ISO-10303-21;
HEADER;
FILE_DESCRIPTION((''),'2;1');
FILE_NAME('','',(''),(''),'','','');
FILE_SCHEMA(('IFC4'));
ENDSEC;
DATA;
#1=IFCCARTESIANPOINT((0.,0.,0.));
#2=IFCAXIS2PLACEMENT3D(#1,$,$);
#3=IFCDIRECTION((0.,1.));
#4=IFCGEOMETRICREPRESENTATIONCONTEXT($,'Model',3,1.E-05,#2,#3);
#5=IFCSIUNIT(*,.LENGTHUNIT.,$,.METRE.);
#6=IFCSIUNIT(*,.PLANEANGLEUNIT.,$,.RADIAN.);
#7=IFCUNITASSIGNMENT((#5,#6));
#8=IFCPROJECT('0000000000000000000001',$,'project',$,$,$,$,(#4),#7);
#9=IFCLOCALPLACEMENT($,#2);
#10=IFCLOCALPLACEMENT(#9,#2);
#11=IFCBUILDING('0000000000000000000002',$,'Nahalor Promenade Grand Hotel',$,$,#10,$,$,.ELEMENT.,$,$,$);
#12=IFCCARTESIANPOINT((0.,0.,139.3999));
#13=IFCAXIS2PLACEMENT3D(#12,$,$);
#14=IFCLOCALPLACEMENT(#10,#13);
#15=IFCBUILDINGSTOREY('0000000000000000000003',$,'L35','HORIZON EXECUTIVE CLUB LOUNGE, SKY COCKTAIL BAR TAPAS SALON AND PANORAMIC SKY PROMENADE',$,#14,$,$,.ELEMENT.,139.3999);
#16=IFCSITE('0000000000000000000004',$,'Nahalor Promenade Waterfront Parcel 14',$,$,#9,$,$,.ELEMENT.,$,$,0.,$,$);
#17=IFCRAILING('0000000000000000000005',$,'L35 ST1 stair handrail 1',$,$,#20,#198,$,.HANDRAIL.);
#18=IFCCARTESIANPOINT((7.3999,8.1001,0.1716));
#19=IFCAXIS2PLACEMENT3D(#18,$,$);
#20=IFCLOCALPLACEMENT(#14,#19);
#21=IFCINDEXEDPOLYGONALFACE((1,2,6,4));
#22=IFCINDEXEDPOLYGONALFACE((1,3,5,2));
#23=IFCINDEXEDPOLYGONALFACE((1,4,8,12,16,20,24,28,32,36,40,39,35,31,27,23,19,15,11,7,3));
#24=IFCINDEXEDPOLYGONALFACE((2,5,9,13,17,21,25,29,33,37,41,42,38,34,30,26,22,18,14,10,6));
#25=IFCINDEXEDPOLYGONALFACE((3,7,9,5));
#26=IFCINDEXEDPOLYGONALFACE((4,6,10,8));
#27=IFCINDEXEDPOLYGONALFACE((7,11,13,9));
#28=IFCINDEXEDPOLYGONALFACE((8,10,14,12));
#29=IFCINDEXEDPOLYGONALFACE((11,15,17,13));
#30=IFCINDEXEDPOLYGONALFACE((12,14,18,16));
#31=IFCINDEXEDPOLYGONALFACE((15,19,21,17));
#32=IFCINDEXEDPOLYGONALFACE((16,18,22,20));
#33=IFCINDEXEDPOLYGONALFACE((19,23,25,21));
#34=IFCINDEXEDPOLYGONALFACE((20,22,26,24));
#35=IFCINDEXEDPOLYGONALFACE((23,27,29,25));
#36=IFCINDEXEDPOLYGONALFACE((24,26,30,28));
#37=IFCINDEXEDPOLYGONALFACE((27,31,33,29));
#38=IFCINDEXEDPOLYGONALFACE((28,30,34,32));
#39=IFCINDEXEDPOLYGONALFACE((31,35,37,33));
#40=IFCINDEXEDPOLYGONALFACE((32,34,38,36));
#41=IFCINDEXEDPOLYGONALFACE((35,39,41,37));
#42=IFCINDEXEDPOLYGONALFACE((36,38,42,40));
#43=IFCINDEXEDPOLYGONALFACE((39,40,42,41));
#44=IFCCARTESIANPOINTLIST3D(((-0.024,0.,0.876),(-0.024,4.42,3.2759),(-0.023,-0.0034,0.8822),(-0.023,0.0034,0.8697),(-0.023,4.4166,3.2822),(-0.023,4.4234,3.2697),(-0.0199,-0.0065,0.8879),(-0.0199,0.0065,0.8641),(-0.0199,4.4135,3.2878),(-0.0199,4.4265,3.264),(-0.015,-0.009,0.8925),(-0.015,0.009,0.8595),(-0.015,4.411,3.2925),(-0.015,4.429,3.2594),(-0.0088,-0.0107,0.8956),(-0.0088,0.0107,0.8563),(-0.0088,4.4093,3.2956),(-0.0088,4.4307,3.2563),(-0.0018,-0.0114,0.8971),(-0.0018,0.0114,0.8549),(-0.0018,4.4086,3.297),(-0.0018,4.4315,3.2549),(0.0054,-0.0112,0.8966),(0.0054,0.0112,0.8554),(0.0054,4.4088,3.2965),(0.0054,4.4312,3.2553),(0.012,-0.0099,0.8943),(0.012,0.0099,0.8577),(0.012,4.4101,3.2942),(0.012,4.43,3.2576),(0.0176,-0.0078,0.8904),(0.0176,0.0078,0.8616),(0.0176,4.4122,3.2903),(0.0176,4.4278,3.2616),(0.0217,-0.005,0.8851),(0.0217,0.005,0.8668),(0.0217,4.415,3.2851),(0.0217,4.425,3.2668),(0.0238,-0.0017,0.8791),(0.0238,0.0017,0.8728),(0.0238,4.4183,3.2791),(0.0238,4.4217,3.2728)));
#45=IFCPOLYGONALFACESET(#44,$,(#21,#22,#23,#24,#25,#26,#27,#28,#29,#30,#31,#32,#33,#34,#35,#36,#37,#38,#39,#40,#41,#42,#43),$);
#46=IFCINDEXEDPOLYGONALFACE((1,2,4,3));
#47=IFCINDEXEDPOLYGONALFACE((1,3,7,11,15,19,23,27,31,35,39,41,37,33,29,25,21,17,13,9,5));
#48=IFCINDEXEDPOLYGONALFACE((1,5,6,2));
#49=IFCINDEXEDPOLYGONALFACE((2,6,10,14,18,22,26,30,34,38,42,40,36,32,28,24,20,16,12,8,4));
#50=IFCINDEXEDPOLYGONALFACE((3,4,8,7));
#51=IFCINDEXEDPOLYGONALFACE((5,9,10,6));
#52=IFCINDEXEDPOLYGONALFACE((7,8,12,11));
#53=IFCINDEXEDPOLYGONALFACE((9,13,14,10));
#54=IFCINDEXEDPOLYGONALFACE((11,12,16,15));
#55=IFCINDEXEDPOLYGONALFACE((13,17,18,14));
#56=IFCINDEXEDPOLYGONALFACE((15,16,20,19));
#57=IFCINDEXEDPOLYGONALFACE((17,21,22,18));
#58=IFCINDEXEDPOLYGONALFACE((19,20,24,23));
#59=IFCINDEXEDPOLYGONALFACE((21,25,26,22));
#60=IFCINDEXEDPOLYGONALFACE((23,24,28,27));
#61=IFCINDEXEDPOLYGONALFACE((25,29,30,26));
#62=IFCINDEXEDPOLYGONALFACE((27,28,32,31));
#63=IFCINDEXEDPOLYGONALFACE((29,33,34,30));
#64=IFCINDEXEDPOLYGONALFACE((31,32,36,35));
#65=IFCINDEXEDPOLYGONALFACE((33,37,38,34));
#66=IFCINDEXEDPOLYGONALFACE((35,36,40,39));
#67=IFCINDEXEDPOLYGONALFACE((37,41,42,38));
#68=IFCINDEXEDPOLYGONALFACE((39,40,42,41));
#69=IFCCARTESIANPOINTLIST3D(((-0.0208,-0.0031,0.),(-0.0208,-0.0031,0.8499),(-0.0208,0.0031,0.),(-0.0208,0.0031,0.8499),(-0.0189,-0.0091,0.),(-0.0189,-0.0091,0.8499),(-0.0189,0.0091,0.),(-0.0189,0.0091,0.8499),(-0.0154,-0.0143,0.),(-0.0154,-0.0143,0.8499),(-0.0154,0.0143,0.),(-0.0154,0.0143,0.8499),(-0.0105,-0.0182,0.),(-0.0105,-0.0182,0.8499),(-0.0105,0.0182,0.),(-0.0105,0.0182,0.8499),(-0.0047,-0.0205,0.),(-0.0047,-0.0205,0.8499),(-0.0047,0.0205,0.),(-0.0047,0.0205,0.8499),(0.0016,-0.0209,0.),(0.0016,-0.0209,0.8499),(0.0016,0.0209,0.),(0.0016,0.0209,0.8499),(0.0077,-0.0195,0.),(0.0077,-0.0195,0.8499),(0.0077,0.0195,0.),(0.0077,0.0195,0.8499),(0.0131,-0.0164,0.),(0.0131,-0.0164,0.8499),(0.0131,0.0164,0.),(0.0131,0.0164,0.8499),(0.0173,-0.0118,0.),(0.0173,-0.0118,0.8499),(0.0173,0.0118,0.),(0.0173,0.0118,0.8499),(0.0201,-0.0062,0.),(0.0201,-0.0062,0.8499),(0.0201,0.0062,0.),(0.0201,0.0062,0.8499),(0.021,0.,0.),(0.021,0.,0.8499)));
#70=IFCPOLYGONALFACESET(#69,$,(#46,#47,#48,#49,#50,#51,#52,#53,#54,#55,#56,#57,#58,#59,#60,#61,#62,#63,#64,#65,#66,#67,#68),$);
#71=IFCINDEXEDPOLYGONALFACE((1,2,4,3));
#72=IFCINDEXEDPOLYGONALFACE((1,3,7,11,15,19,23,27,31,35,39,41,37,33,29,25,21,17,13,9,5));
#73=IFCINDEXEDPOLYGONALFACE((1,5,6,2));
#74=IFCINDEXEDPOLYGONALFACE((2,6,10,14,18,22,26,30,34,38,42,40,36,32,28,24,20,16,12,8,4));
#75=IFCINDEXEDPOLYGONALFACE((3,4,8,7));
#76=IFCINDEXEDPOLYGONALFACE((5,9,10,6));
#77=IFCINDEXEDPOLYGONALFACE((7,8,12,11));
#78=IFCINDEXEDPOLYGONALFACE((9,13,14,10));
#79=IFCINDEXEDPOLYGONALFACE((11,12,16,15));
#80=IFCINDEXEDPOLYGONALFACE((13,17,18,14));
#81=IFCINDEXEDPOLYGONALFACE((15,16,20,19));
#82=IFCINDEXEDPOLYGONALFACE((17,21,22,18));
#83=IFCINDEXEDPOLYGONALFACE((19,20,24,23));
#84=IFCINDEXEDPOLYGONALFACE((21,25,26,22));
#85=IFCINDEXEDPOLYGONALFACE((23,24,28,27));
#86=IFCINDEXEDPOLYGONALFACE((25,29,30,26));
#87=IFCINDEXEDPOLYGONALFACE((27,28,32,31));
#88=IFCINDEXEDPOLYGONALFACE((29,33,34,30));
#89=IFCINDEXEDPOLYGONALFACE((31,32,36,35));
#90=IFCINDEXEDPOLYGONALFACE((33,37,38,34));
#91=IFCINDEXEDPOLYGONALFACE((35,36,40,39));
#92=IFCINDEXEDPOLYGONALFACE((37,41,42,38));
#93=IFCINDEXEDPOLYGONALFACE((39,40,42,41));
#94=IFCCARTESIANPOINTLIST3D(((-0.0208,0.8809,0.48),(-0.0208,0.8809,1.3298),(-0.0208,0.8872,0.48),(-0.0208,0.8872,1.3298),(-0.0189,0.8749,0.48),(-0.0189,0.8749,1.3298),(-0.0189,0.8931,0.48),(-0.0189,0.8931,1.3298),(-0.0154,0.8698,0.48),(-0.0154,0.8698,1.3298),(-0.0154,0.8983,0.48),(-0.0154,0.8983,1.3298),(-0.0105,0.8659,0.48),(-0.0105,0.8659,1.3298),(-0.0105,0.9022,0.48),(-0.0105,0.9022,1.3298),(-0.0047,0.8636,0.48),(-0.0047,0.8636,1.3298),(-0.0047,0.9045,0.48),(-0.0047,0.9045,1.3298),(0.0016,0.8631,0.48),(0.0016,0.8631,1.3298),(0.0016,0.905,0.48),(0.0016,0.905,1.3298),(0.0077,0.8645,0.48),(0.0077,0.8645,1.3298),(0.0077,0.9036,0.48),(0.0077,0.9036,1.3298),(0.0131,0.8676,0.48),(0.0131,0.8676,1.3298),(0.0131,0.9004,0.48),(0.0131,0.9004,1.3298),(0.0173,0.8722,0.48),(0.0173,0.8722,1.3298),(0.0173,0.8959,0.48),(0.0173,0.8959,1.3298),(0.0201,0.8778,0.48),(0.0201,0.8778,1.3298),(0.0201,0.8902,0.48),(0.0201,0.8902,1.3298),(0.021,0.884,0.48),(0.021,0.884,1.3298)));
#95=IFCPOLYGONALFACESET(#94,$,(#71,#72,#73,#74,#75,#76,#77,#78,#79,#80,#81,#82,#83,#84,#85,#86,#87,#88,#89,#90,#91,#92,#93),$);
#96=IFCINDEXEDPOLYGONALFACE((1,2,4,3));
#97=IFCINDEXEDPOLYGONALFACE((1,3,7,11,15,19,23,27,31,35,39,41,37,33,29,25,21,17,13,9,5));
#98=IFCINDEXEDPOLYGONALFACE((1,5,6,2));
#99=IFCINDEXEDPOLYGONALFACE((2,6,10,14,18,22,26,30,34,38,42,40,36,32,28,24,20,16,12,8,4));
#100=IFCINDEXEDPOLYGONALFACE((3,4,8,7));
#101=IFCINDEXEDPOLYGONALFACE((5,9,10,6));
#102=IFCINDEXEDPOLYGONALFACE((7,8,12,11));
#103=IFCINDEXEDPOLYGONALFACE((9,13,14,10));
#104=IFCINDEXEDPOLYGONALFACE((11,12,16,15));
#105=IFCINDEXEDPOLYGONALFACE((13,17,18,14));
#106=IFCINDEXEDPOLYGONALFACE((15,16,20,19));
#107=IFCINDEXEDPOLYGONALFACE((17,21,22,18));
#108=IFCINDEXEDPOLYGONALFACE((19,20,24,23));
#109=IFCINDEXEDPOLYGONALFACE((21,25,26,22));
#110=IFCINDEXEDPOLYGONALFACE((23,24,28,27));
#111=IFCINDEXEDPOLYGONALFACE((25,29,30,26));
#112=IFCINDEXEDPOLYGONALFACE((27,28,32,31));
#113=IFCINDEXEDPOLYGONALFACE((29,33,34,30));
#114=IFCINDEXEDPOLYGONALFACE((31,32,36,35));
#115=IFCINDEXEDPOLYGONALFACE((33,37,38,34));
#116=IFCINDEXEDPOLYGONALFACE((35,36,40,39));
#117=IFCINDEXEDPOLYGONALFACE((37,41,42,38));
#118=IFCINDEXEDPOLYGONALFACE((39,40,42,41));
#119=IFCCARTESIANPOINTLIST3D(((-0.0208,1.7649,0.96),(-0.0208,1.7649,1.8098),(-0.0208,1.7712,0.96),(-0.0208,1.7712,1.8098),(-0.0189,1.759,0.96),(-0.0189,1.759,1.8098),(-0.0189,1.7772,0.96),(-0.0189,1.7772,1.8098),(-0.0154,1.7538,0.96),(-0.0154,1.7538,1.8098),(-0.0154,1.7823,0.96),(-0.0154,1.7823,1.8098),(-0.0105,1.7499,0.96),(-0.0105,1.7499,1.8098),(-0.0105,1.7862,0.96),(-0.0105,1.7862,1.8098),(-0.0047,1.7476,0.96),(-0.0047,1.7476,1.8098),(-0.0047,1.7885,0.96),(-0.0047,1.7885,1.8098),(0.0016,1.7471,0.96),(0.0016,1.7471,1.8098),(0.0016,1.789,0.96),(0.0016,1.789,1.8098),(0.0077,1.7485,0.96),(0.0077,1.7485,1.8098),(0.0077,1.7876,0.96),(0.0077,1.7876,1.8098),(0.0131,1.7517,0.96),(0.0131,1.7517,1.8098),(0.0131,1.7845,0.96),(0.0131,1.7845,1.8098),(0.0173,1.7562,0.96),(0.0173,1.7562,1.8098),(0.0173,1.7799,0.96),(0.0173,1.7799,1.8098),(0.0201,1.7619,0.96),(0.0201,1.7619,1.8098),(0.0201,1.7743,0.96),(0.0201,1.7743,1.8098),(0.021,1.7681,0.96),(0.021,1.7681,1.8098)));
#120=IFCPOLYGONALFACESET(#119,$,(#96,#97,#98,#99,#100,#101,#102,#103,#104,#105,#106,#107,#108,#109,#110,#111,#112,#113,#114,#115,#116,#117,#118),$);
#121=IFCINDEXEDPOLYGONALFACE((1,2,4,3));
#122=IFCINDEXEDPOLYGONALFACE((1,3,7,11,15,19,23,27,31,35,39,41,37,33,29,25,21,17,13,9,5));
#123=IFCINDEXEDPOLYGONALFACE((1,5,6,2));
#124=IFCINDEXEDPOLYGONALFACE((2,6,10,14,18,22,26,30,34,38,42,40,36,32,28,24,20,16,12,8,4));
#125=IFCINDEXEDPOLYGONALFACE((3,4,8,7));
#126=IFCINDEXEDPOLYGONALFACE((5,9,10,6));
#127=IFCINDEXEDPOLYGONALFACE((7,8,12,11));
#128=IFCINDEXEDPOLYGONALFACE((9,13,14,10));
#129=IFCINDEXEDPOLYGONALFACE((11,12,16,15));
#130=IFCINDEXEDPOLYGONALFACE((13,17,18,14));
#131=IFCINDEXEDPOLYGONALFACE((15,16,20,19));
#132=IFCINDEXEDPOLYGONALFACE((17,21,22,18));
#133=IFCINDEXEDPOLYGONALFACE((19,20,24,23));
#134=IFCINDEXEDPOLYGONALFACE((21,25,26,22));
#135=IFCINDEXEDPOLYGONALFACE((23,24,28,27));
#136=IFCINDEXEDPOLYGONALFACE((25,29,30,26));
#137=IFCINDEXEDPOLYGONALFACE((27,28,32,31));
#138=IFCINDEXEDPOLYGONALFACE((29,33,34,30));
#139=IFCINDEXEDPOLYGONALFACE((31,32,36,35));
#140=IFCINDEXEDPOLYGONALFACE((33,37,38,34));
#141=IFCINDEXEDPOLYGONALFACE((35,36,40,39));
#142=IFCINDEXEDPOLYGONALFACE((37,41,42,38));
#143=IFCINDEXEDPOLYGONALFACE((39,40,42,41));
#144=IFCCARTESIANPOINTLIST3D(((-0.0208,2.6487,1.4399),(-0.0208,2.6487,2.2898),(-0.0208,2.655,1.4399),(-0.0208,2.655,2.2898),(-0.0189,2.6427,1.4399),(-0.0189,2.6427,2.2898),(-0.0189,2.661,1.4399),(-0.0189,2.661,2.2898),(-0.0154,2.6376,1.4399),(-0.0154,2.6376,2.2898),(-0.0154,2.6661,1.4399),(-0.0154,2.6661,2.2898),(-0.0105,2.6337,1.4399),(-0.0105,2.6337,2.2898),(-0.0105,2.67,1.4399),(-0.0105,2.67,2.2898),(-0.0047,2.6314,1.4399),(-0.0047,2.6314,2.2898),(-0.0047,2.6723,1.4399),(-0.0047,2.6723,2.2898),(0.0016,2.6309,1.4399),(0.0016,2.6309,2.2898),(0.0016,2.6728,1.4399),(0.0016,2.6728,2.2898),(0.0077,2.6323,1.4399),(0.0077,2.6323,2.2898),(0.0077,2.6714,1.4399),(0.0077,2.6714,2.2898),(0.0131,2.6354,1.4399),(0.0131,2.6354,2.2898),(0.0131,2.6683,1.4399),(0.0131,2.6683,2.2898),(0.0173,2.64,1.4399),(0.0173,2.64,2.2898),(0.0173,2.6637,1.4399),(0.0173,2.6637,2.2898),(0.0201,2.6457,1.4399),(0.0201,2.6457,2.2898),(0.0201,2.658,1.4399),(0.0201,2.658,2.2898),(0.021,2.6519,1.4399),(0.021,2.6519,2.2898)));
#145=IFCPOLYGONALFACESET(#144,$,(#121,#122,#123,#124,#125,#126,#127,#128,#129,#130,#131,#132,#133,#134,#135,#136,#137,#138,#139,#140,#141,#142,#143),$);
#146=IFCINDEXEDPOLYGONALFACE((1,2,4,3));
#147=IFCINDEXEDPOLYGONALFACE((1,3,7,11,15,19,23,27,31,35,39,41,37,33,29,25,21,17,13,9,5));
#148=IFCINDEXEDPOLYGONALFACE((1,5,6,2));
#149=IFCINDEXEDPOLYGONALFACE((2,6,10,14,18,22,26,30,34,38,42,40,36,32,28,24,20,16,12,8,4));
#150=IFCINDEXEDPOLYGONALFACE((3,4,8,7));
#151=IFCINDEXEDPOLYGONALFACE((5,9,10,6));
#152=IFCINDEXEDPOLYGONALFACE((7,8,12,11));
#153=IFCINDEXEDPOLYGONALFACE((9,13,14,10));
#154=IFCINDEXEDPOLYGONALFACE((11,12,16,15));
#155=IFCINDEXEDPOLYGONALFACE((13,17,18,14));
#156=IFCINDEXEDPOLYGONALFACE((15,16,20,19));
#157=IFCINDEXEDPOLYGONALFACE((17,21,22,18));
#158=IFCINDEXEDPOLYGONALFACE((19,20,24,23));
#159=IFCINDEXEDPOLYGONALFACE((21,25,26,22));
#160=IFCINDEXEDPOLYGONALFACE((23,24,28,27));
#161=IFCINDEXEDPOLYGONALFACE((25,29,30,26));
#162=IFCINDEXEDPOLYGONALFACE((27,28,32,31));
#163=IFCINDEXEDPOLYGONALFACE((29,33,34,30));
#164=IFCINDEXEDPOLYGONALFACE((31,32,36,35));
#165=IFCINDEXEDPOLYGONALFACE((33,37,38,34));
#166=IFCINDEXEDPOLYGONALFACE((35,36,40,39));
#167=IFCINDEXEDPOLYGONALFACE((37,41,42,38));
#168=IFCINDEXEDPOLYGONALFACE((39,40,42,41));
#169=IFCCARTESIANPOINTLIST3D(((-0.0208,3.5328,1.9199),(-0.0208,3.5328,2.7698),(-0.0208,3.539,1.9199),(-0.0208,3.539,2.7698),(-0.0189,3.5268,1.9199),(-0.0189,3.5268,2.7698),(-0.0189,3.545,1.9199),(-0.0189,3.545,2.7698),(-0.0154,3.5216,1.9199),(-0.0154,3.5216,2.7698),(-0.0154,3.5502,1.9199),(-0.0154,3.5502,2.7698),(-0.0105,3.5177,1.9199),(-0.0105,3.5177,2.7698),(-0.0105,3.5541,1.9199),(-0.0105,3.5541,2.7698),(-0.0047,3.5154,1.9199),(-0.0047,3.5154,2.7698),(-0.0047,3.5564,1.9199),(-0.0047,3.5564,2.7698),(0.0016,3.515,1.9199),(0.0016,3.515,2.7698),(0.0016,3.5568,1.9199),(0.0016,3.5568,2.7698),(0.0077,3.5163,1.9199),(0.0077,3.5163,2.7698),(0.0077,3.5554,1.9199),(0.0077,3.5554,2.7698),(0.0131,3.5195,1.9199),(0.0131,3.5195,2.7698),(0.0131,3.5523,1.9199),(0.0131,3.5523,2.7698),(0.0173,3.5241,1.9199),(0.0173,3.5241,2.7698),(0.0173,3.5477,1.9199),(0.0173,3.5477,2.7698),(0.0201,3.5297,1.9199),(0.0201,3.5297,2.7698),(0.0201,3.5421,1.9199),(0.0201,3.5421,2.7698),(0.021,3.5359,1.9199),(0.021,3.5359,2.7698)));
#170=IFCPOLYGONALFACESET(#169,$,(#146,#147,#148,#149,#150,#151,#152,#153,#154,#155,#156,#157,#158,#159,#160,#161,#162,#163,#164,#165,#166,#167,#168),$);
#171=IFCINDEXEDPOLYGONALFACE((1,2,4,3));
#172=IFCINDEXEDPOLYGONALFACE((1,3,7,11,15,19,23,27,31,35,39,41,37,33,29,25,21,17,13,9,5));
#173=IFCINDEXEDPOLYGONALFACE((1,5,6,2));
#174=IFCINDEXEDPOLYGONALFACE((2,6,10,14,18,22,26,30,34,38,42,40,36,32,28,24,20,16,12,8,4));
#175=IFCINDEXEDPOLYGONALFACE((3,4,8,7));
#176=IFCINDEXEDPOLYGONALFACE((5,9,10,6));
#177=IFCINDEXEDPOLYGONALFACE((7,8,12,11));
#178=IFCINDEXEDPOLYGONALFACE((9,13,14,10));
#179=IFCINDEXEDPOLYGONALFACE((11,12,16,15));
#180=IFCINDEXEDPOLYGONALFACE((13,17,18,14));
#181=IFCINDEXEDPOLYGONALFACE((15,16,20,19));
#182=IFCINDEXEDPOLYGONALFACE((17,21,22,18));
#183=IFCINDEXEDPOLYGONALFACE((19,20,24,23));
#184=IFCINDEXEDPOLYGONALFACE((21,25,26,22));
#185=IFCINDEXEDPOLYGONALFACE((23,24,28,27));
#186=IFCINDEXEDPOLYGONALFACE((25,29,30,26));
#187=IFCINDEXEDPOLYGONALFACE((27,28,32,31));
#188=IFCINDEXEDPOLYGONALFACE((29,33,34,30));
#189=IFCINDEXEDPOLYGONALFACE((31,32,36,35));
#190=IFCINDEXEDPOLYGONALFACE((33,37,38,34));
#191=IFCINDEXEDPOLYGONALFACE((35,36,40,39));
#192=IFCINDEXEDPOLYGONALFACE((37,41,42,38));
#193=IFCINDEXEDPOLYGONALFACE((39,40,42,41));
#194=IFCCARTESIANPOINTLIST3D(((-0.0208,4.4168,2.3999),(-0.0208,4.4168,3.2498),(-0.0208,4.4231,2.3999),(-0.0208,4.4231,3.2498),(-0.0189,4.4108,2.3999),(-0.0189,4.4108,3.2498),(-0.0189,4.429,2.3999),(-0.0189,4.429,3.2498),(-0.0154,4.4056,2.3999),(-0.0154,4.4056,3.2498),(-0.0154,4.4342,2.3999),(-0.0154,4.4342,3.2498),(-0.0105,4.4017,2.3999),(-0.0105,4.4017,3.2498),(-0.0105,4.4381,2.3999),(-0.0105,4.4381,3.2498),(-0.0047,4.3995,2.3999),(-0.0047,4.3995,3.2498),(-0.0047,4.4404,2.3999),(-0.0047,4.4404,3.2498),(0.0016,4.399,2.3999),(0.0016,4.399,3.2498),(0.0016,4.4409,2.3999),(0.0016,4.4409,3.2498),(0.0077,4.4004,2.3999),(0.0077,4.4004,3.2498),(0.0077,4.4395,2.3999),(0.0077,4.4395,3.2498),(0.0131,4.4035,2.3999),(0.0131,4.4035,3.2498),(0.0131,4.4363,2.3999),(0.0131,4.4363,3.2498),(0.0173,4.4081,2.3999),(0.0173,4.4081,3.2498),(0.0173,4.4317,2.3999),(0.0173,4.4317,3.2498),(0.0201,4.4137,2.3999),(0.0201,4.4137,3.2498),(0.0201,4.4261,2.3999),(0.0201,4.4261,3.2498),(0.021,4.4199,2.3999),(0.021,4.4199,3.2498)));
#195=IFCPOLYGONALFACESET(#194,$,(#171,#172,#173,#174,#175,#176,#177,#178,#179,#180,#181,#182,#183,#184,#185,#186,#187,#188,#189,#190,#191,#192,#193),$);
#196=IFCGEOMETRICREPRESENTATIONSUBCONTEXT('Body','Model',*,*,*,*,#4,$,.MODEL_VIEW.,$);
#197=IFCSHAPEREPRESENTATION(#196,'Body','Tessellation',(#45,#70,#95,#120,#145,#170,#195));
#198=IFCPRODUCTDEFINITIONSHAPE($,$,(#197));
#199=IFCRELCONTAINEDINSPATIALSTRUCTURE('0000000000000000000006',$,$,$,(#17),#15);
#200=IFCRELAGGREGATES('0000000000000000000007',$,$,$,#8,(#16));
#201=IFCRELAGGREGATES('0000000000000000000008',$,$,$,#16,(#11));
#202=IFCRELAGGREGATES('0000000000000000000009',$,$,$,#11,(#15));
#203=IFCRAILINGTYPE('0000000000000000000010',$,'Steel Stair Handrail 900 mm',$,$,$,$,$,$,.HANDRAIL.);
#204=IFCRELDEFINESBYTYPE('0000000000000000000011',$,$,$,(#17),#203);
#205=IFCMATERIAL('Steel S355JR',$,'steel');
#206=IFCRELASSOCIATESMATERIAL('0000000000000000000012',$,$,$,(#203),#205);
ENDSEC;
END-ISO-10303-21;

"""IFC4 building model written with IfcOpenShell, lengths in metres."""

from ifc_helpers import new_model, si_unit, direction, frame, origin, origin_2d, place, context, subcontext, project, spatial, circle, extrude, material, type_object, element, save


model = new_model("IFC4")

# Units and contexts
model_context = context("Model", 3, precision=1e-05, world=origin(), true_north=direction((0.0, 1.0)))
body_context = subcontext(model_context, "Body", "Model", "MODEL_VIEW")
ifc_project = project(units=[si_unit("LENGTHUNIT", "METRE"), si_unit("PLANEANGLEUNIT", "RADIAN")], contexts=[model_context])

# Site, building, storey
site_placement = place(None, origin())
site = spatial("IfcSite", under=ifc_project, at=site_placement, Name="Nahalor Promenade Waterfront Parcel 14", CompositionType="ELEMENT", RefElevation=0.0)
building_placement = place(site_placement, origin())
building = spatial("IfcBuilding", under=site, at=building_placement, Name="Nahalor Promenade Grand Hotel", CompositionType="ELEMENT")
storey_placement = place(building_placement, frame((0.0, 0.0, 139.3999)))
storey = spatial("IfcBuildingStorey", under=building, at=storey_placement, Name="L35", Description="HORIZON EXECUTIVE CLUB LOUNGE, SKY COCKTAIL BAR TAPAS SALON AND PANORAMIC SKY PROMENADE", CompositionType="ELEMENT", Elevation=139.3999)

# Shared definitions
ifc_material_1 = material(Name="Steel S355JR", Category="steel")

# Railing
railing_type_1 = type_object("IfcRailingType", Name="Steel Stair Handrail 900 mm", PredefinedType="HANDRAIL", material=ifc_material_1)
railing_1_placement = place(storey_placement, frame((7.3999, 8.1001, 0.1716)))
element("IfcRailing", 1, at=railing_1_placement, inside=storey, type_object=railing_type_1, Name="L35 ST1 stair handrail 1", PredefinedType="HANDRAIL", context=body_context, shape_type="SweptSolid", body=[
    extrude(circle(Radius=0.024, at=origin_2d()), frame((0.0, 0.0, 0.876), z_axis=(0.0, 0.87881, 0.477171), x_axis=(-1.0, 0.0, 0.0)), (0.0, 0.0, 1.0), 5.0295),
    extrude(circle(Radius=0.021, at=origin_2d()), origin(), (0.0, 0.0, 1.0), 0.8499),
    extrude(circle(Radius=0.021, at=origin_2d()), frame((0.0, 0.884, 0.48)), (0.0, 0.0, 1.0), 0.8499),
    extrude(circle(Radius=0.021, at=origin_2d()), frame((0.0, 1.7681, 0.96)), (0.0, 0.0, 1.0), 0.8499),
    extrude(circle(Radius=0.021, at=origin_2d()), frame((0.0, 2.6519, 1.4399)), (0.0, 0.0, 1.0), 0.8499),
    extrude(circle(Radius=0.021, at=origin_2d()), frame((0.0, 3.5359, 1.9199)), (0.0, 0.0, 1.0), 0.8499),
    extrude(circle(Radius=0.021, at=origin_2d()), frame((0.0, 4.4199, 2.3999)), (0.0, 0.0, 1.0), 0.8499),
])

save(model, "model.ifc")
